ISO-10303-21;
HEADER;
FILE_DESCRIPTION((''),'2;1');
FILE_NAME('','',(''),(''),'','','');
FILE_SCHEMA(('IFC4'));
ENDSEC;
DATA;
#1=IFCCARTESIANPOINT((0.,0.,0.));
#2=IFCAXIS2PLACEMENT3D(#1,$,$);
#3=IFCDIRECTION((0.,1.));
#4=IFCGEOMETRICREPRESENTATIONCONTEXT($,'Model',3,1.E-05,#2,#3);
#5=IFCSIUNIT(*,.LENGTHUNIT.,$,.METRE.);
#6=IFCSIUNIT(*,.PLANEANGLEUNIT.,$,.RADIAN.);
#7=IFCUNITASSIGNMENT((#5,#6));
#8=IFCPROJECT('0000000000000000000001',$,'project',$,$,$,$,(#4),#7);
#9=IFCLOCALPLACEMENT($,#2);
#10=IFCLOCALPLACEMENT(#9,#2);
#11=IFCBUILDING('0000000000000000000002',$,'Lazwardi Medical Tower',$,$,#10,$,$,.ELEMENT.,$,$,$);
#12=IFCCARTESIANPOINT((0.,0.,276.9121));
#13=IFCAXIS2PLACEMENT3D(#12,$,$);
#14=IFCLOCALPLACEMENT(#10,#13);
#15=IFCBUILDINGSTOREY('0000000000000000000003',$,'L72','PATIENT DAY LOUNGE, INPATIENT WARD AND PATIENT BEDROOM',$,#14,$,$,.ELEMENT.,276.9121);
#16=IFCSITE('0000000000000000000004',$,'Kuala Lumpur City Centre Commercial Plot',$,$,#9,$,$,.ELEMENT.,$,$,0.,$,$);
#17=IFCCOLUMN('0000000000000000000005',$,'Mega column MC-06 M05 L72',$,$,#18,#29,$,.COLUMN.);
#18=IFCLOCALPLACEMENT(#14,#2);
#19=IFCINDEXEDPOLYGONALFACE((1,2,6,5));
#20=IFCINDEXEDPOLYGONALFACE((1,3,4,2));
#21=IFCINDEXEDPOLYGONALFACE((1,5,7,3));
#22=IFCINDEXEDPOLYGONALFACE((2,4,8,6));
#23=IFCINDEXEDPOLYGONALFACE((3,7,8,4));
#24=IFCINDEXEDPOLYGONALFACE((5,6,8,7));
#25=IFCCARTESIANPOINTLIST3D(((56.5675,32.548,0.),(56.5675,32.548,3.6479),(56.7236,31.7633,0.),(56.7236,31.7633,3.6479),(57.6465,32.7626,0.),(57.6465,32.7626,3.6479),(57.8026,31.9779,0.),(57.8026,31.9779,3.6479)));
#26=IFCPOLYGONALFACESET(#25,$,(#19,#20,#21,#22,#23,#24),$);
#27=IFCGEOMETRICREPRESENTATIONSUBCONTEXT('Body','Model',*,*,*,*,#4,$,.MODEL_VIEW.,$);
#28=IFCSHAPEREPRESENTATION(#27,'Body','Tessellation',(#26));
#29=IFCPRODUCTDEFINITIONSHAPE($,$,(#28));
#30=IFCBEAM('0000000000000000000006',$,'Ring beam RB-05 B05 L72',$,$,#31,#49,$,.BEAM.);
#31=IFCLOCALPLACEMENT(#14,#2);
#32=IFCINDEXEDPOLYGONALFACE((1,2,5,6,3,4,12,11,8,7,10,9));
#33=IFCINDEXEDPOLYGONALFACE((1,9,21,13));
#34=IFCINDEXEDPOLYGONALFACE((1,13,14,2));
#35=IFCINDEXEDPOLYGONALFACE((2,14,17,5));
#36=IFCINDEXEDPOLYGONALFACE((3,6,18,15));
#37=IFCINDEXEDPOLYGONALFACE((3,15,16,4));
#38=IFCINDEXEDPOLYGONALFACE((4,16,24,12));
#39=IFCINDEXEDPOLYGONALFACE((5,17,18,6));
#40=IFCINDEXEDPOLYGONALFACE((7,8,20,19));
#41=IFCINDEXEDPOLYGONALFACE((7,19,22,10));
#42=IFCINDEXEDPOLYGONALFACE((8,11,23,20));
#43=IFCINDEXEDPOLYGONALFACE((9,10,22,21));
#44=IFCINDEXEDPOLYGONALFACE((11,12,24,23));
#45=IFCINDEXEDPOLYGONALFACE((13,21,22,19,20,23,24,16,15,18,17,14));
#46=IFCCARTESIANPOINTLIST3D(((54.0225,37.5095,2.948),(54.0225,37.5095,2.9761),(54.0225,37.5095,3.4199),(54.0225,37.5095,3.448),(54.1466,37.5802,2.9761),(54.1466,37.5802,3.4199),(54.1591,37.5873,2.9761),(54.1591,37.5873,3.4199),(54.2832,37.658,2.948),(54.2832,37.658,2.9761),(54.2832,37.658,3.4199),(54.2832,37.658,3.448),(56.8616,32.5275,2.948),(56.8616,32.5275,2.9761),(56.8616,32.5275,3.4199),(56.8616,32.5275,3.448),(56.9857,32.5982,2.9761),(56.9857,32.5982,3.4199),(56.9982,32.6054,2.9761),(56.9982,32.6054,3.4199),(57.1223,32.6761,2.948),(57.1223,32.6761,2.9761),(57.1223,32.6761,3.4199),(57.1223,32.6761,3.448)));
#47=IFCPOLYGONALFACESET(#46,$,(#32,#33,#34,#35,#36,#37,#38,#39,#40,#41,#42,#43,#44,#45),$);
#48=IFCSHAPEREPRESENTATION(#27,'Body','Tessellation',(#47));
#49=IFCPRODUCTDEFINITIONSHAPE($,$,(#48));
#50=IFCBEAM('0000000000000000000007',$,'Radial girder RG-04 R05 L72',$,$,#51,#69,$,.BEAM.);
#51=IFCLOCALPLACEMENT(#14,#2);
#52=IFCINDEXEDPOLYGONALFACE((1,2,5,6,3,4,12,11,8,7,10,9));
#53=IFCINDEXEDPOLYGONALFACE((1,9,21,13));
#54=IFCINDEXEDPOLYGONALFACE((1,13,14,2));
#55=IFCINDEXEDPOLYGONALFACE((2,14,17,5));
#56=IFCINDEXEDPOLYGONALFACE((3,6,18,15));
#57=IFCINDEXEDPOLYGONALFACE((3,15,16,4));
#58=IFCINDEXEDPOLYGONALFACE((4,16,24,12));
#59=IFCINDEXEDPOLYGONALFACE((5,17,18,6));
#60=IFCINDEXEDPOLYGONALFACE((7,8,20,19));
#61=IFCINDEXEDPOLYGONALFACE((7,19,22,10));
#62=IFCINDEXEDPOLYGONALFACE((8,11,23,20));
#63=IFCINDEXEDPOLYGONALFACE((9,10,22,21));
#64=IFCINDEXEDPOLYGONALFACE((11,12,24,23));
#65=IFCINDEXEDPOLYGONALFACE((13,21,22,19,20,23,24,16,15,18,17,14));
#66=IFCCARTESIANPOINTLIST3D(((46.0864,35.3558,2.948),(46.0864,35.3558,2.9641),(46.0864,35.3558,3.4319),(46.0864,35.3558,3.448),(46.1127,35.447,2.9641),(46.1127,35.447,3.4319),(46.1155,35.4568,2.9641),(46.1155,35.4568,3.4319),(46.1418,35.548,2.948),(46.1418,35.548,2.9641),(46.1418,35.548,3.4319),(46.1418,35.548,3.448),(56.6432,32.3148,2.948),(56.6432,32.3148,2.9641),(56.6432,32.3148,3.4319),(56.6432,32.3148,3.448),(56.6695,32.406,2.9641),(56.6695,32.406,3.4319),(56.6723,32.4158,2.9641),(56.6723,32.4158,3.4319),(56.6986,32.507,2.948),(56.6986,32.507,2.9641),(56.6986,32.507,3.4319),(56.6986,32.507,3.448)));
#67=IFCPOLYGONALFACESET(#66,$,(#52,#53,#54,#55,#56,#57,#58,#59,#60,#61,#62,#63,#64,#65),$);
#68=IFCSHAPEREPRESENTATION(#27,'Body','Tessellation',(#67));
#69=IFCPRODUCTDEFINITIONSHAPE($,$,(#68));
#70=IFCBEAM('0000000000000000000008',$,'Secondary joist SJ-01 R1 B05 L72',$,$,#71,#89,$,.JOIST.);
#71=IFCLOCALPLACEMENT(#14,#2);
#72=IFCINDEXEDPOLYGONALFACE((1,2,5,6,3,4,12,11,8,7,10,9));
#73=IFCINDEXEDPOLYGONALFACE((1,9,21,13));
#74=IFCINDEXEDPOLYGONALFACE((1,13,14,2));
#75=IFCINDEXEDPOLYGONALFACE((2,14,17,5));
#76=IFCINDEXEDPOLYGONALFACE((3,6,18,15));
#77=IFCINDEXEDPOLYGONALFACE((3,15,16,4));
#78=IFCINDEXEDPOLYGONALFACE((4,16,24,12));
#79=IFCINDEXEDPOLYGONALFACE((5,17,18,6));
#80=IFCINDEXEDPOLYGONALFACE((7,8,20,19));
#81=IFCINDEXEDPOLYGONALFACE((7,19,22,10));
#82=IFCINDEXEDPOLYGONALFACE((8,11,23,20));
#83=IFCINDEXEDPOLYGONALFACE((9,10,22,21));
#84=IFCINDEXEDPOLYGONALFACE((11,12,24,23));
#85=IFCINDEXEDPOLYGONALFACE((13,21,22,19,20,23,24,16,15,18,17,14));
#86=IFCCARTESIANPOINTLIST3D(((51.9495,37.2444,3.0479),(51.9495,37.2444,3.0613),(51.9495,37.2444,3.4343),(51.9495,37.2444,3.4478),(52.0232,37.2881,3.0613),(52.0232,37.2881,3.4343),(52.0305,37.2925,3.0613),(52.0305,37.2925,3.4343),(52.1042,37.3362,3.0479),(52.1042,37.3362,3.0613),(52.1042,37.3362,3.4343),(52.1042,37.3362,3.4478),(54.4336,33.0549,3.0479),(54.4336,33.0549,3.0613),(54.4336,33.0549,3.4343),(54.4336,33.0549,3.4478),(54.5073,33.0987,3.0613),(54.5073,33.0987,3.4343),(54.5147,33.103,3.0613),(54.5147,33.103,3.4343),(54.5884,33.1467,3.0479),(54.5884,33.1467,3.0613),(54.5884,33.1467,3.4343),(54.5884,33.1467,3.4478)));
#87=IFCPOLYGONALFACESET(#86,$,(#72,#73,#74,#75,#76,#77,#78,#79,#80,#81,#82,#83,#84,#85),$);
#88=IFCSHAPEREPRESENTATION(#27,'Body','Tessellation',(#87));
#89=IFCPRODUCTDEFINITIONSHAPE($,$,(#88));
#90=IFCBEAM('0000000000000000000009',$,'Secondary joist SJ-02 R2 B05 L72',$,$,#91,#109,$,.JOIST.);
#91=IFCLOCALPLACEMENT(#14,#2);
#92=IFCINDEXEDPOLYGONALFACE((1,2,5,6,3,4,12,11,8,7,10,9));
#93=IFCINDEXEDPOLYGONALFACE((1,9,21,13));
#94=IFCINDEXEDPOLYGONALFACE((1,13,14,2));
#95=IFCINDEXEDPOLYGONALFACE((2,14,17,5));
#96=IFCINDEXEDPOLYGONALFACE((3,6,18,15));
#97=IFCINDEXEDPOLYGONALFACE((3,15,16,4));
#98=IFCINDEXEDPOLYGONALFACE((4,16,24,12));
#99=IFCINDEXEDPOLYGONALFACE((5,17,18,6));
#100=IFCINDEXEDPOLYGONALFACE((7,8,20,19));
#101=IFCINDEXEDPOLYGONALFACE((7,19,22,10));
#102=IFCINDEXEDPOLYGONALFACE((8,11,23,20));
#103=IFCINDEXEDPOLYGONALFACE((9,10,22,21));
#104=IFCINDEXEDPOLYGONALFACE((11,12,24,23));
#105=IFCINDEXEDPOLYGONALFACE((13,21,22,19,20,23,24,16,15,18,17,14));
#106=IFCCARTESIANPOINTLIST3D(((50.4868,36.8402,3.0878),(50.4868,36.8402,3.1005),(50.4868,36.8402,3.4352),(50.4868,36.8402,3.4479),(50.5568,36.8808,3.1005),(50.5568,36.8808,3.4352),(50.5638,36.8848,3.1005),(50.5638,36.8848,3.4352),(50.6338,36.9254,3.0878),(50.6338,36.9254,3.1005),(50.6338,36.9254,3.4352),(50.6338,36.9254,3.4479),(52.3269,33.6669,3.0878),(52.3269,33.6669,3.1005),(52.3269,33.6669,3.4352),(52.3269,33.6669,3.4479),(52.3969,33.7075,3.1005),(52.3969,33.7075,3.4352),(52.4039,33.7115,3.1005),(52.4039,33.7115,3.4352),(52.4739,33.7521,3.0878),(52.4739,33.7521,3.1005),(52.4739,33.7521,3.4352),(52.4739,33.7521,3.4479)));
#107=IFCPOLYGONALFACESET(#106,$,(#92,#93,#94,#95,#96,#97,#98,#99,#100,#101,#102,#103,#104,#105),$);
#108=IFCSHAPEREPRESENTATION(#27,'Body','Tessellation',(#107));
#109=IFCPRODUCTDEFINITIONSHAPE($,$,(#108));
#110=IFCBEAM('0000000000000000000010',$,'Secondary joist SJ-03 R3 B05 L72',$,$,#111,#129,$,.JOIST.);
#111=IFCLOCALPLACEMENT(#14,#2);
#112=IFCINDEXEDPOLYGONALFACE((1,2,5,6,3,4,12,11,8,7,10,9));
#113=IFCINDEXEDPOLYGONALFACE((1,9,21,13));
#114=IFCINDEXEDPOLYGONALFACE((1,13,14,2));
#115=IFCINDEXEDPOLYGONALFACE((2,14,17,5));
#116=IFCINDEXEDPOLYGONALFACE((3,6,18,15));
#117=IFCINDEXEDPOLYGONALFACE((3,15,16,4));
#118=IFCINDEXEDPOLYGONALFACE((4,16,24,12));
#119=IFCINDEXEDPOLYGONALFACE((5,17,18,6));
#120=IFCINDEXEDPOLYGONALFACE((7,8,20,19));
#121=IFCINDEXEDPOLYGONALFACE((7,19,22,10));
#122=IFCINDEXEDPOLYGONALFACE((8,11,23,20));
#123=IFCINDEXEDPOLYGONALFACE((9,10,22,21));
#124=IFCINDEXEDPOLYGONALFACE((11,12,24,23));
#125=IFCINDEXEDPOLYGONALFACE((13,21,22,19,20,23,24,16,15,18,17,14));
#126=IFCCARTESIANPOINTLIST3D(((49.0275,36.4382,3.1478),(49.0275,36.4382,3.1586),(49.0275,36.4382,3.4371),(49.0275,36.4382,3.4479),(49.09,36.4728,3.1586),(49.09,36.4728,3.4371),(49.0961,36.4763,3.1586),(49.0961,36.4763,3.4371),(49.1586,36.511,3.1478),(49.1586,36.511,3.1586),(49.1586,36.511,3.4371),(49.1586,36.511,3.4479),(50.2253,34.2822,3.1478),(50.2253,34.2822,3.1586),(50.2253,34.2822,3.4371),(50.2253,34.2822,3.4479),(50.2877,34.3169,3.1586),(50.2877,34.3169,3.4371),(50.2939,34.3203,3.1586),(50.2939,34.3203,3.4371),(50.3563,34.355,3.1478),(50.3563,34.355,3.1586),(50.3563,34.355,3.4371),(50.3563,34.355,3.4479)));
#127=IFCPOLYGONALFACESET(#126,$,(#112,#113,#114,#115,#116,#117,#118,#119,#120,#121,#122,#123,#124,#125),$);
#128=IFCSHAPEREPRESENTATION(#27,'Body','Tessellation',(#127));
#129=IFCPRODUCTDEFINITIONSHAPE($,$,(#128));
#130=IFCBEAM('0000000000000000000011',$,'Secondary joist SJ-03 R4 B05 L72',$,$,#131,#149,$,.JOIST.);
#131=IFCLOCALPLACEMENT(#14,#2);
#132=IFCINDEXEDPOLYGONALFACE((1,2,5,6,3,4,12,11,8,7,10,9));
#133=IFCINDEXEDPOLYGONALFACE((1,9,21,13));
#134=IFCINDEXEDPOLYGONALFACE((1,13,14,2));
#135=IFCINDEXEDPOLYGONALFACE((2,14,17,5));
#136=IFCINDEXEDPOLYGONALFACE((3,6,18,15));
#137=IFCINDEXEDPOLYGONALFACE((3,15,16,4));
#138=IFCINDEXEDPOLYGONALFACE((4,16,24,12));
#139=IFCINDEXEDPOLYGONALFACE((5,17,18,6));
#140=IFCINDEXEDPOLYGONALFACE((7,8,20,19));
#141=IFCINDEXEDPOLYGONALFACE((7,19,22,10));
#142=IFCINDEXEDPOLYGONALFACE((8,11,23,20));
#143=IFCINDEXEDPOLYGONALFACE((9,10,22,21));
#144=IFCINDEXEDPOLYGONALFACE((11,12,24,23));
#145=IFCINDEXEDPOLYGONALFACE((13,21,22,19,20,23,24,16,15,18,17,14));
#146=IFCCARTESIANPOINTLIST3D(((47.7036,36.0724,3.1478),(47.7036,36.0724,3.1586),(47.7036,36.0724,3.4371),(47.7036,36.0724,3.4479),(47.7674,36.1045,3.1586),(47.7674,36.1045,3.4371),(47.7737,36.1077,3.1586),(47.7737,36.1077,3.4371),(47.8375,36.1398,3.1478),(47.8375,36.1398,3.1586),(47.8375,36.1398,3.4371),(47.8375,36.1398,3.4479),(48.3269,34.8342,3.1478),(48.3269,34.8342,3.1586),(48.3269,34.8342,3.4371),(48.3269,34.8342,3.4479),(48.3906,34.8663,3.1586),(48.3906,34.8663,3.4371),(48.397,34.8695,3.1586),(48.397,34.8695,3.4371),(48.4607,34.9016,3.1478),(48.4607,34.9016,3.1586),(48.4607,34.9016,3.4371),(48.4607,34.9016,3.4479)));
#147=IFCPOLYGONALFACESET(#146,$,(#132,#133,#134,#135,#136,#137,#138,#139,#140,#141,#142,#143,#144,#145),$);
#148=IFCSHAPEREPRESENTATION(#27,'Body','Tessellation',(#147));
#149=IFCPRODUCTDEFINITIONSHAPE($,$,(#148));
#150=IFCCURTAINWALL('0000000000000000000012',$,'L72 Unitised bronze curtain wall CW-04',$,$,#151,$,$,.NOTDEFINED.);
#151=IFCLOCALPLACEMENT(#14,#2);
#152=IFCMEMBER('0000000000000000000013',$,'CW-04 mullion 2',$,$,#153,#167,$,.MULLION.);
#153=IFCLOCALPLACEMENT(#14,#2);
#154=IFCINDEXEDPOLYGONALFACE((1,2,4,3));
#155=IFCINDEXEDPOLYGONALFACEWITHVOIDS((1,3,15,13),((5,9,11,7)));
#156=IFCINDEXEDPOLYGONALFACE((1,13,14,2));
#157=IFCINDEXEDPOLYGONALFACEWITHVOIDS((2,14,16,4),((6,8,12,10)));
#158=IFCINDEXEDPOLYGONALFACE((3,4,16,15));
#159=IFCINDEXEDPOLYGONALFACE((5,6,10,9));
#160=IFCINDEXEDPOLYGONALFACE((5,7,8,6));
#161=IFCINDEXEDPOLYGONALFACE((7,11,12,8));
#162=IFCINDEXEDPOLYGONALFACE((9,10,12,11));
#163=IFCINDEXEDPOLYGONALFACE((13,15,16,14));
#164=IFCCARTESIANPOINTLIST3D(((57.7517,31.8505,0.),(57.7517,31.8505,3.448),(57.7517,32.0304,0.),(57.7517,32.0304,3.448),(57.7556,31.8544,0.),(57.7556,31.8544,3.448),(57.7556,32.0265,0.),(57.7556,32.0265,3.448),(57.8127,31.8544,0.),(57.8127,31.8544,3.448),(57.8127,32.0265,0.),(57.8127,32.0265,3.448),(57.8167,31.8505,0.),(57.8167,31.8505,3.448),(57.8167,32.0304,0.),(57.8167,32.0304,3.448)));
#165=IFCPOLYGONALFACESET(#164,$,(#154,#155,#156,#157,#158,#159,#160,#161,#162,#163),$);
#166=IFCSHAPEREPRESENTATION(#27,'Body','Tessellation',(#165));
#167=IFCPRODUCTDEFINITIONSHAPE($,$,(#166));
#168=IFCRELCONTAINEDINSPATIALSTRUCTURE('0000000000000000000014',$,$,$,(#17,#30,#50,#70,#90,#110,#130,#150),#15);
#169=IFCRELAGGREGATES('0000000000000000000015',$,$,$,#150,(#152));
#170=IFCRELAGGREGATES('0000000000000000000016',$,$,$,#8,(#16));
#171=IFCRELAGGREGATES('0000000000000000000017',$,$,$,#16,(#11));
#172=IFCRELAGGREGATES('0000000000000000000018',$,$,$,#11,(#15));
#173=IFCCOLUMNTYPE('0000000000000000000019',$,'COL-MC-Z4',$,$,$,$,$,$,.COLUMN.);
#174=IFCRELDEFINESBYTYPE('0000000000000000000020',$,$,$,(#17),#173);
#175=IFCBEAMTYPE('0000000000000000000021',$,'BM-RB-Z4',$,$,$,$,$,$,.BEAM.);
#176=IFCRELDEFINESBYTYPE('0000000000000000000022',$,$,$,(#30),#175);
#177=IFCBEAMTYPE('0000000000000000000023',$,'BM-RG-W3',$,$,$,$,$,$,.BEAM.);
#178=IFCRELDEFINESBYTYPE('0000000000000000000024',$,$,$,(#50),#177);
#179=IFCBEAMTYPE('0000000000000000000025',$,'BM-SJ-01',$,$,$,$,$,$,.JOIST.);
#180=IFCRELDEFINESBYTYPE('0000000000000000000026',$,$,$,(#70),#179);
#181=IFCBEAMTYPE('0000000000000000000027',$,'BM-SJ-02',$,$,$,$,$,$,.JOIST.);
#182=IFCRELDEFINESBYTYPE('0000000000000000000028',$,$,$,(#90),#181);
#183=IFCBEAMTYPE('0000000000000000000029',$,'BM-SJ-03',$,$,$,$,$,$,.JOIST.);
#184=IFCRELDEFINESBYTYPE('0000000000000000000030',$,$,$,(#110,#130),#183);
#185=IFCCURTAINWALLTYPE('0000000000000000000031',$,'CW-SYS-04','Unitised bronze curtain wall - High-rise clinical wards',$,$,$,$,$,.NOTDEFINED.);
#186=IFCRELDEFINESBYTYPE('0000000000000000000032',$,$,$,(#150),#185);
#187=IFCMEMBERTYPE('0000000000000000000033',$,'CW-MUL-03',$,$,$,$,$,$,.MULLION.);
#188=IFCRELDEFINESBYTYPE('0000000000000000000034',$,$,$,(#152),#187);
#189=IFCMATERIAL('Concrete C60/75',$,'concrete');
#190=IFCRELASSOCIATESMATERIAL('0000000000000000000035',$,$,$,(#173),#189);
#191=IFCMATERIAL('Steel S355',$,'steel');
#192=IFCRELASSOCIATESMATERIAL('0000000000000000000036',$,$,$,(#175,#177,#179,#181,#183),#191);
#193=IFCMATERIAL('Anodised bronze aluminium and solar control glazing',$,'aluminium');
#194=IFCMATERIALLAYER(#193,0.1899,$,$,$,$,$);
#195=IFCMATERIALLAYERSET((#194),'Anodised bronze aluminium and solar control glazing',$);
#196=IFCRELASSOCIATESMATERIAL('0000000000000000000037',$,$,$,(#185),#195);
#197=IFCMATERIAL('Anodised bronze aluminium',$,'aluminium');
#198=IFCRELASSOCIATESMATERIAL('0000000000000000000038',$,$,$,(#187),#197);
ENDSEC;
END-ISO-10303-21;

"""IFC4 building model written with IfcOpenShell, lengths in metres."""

from ifc_helpers import new_model, si_unit, direction, frame, origin, origin_2d, place, context, subcontext, project, spatial, rectangle, hollow_rectangle, i_section, extrude, material, layer, layer_set, material_profile, profile_set, type_object, element, aggregate, save


model = new_model("IFC4")

# Units and contexts
model_context = context("Model", 3, precision=1e-05, world=origin(), true_north=direction((0.0, 1.0)))
body_context = subcontext(model_context, "Body", "Model", "MODEL_VIEW")
ifc_project = project(units=[si_unit("LENGTHUNIT", "METRE"), si_unit("PLANEANGLEUNIT", "RADIAN")], contexts=[model_context])

# Site, building, storey
site_placement = place(None, origin())
site = spatial("IfcSite", under=ifc_project, at=site_placement, Name="Kuala Lumpur City Centre Commercial Plot", CompositionType="ELEMENT", RefElevation=0.0)
building_placement = place(site_placement, origin())
building = spatial("IfcBuilding", under=site, at=building_placement, Name="Lazwardi Medical Tower", CompositionType="ELEMENT")
storey_placement = place(building_placement, frame((0.0, 0.0, 276.9121)))
storey = spatial("IfcBuildingStorey", under=building, at=storey_placement, Name="L72", Description="PATIENT DAY LOUNGE, INPATIENT WARD AND PATIENT BEDROOM", CompositionType="ELEMENT", Elevation=276.9121)

# Column
ifc_material_1 = material(Name="Concrete C60/75", Category="concrete")
ifc_material_profile_1 = material_profile(ifc_material_1, rectangle(XDim=1.1001, YDim=0.8, at=origin_2d()), Name="CFT-RECT 1100x800")
ifc_profile_set_1 = profile_set([ifc_material_profile_1], Name="Concrete C60/75")
column_type = type_object("IfcColumnType", Name="COL-MC-Z4", PredefinedType="COLUMN", material=ifc_profile_set_1)
column_placement = place(storey_placement, frame((57.1851, 32.2629, 0.0), z_axis=(0.0, 0.0, 1.0), x_axis=(0.980785, 0.19509, 0.0)))
element("IfcColumn", 1, at=column_placement, inside=storey, type_object=column_type, Name="Mega column MC-06 M05 L72", PredefinedType="COLUMN", context=body_context, shape_type="SweptSolid", body=[
    extrude(rectangle(XDim=1.1001, YDim=0.8, at=origin_2d()), origin(), (0.0, 0.0, 1.0), 3.6479),
])

# Beams
ifc_material_2 = material(Name="Steel S355", Category="steel")
ifc_material_profile_2 = material_profile(ifc_material_2, i_section(OverallWidth=0.3, OverallDepth=0.5, WebThickness=0.0144, FlangeThickness=0.0281, at=origin_2d()), Name="HEB 500")
ifc_profile_set_2 = profile_set([ifc_material_profile_2], Name="Steel S355")
beam_type_1 = type_object("IfcBeamType", Name="BM-RB-Z4", PredefinedType="BEAM", material=ifc_profile_set_2)
beam_1_placement = place(storey_placement, frame((56.9919, 32.6018, 3.198), z_axis=(-0.495125, 0.868822, 0.0), x_axis=(-0.868822, -0.495125, 0.0)))
element("IfcBeam", 2, at=beam_1_placement, inside=storey, type_object=beam_type_1, Name="Ring beam RB-05 B05 L72", PredefinedType="BEAM", context=body_context, shape_type="SweptSolid", body=[
    extrude(i_section(OverallWidth=0.3, OverallDepth=0.5, WebThickness=0.0144, FlangeThickness=0.0281, at=origin_2d()), origin(), (0.0, 0.0, 1.0), 5.7341),
])
ifc_material_profile_3 = material_profile(ifc_material_2, i_section(OverallWidth=0.2, OverallDepth=0.5, WebThickness=0.0103, FlangeThickness=0.0161, at=origin_2d()), Name="IPE 500")
ifc_profile_set_3 = profile_set([ifc_material_profile_3], Name="Steel S355")
beam_type_2 = type_object("IfcBeamType", Name="BM-RG-W3", PredefinedType="BEAM", material=ifc_profile_set_3)
beam_2_placement = place(storey_placement, frame((56.6709, 32.4109, 3.198), z_axis=(-0.960926, 0.276804, 0.0), x_axis=(-0.276804, -0.960926, 0.0)))
element("IfcBeam", 3, at=beam_2_placement, inside=storey, type_object=beam_type_2, Name="Radial girder RG-04 R05 L72", PredefinedType="BEAM", context=body_context, shape_type="SweptSolid", body=[
    extrude(i_section(OverallWidth=0.2, OverallDepth=0.5, WebThickness=0.0103, FlangeThickness=0.0161, at=origin_2d()), origin(), (0.0, 0.0, 1.0), 10.9861),
])
ifc_material_profile_4 = material_profile(ifc_material_2, i_section(OverallWidth=0.1799, OverallDepth=0.3999, WebThickness=0.0085, FlangeThickness=0.0134, at=origin_2d()), Name="IPE 400")
ifc_profile_set_4 = profile_set([ifc_material_profile_4], Name="Steel S355")
beam_type_3 = type_object("IfcBeamType", Name="BM-SJ-01", PredefinedType="JOIST", material=ifc_profile_set_4)
beam_3_placement = place(storey_placement, frame((54.511, 33.1008, 3.2478), z_axis=(-0.510029, 0.860157, 0.0), x_axis=(-0.860157, -0.510029, 0.0)))
element("IfcBeam", 4, at=beam_3_placement, inside=storey, type_object=beam_type_3, Name="Secondary joist SJ-01 R1 B05 L72", PredefinedType="JOIST", context=body_context, shape_type="SweptSolid", body=[
    extrude(i_section(OverallWidth=0.1799, OverallDepth=0.3999, WebThickness=0.0085, FlangeThickness=0.0134, at=origin_2d()), origin(), (0.0, 0.0, 1.0), 4.8706),
])
ifc_material_profile_5 = material_profile(ifc_material_2, i_section(OverallWidth=0.1699, OverallDepth=0.3601, WebThickness=0.0081, FlangeThickness=0.0127, at=origin_2d()), Name="IPE 360")
ifc_profile_set_5 = profile_set([ifc_material_profile_5], Name="Steel S355")
beam_type_4 = type_object("IfcBeamType", Name="BM-SJ-02", PredefinedType="JOIST", material=ifc_profile_set_5)
beam_4_placement = place(storey_placement, frame((52.4004, 33.7095, 3.2678), z_axis=(-0.501626, 0.865084, 0.0), x_axis=(-0.865084, -0.501626, 0.0)))
element("IfcBeam", 5, at=beam_4_placement, inside=storey, type_object=beam_type_4, Name="Secondary joist SJ-02 R2 B05 L72", PredefinedType="JOIST", context=body_context, shape_type="SweptSolid", body=[
    extrude(i_section(OverallWidth=0.1699, OverallDepth=0.3601, WebThickness=0.0081, FlangeThickness=0.0127, at=origin_2d()), origin(), (0.0, 0.0, 1.0), 3.6682),
])
ifc_material_profile_6 = material_profile(ifc_material_2, i_section(OverallWidth=0.1499, OverallDepth=0.3, WebThickness=0.0071, FlangeThickness=0.0107, at=origin_2d()), Name="IPE 300")
ifc_profile_set_6 = profile_set([ifc_material_profile_6], Name="Steel S355")
beam_type_5 = type_object("IfcBeamType", Name="BM-SJ-03", PredefinedType="JOIST", material=ifc_profile_set_6)
beam_5_placement = place(storey_placement, frame((50.2908, 34.3186, 3.2979), z_axis=(-0.485635, 0.874162, 0.0), x_axis=(-0.874162, -0.485635, 0.0)))
element("IfcBeam", 6, at=beam_5_placement, inside=storey, type_object=beam_type_5, Name="Secondary joist SJ-03 R3 B05 L72", PredefinedType="JOIST", context=body_context, shape_type="SweptSolid", body=[
    extrude(i_section(OverallWidth=0.1499, OverallDepth=0.3, WebThickness=0.0071, FlangeThickness=0.0107, at=origin_2d()), origin(), (0.0, 0.0, 1.0), 2.4663),
])
beam_6_placement = place(storey_placement, frame((48.3938, 34.8679, 3.2979), z_axis=(-0.449607, 0.893226, 0.0), x_axis=(-0.893226, -0.449607, 0.0)))
element("IfcBeam", 7, at=beam_6_placement, inside=storey, type_object=beam_type_5, Name="Secondary joist SJ-03 R4 B05 L72", PredefinedType="JOIST", context=body_context, shape_type="SweptSolid", body=[
    extrude(i_section(OverallWidth=0.1499, OverallDepth=0.3, WebThickness=0.0071, FlangeThickness=0.0107, at=origin_2d()), origin(), (0.0, 0.0, 1.0), 1.3862),
])

# Curtain wall, member
ifc_material_3 = material(Name="Anodised bronze aluminium and solar control glazing", Category="aluminium")
ifc_layer_1 = layer(ifc_material_3, 0.1899)
ifc_layer_set_1 = layer_set([ifc_layer_1], Name="Anodised bronze aluminium and solar control glazing")
curtain_wall_type = type_object("IfcCurtainWallType", Name="CW-SYS-04", Description="Unitised bronze curtain wall - High-rise clinical wards", PredefinedType="NOTDEFINED", material=ifc_layer_set_1)
curtain_wall_1_placement = place(storey_placement, origin())
curtain_wall_1 = element("IfcCurtainWall", 8, at=curtain_wall_1_placement, inside=storey, type_object=curtain_wall_type, Name="L72 Unitised bronze curtain wall CW-04", PredefinedType="NOTDEFINED")
ifc_material_4 = material(Name="Anodised bronze aluminium", Category="aluminium")
ifc_material_profile_7 = material_profile(ifc_material_4, hollow_rectangle(XDim=0.0649, YDim=0.1799, WallThickness=0.0039, at=origin_2d()), Name="ALU-MULLION 180x65x4")
ifc_profile_set_7 = profile_set([ifc_material_profile_7], Name="Anodised bronze aluminium")
member_type_1 = type_object("IfcMemberType", Name="CW-MUL-03", PredefinedType="MULLION", material=ifc_profile_set_7)
member_1_placement = place(storey_placement, frame((57.7842, 31.9404, 0.0), z_axis=(0.0, 0.0, 1.0), x_axis=(-1.0, 0.0, 0.0)))
member_1 = element("IfcMember", 9, at=member_1_placement, type_object=member_type_1, Name="CW-04 mullion 2", PredefinedType="MULLION", context=body_context, shape_type="SweptSolid", body=[
    extrude(hollow_rectangle(XDim=0.0649, YDim=0.1799, WallThickness=0.0039, at=origin_2d()), origin(), (0.0, 0.0, 1.0), 3.448),
])

aggregate(curtain_wall_1, [member_1])

save(model, "model.ifc")
